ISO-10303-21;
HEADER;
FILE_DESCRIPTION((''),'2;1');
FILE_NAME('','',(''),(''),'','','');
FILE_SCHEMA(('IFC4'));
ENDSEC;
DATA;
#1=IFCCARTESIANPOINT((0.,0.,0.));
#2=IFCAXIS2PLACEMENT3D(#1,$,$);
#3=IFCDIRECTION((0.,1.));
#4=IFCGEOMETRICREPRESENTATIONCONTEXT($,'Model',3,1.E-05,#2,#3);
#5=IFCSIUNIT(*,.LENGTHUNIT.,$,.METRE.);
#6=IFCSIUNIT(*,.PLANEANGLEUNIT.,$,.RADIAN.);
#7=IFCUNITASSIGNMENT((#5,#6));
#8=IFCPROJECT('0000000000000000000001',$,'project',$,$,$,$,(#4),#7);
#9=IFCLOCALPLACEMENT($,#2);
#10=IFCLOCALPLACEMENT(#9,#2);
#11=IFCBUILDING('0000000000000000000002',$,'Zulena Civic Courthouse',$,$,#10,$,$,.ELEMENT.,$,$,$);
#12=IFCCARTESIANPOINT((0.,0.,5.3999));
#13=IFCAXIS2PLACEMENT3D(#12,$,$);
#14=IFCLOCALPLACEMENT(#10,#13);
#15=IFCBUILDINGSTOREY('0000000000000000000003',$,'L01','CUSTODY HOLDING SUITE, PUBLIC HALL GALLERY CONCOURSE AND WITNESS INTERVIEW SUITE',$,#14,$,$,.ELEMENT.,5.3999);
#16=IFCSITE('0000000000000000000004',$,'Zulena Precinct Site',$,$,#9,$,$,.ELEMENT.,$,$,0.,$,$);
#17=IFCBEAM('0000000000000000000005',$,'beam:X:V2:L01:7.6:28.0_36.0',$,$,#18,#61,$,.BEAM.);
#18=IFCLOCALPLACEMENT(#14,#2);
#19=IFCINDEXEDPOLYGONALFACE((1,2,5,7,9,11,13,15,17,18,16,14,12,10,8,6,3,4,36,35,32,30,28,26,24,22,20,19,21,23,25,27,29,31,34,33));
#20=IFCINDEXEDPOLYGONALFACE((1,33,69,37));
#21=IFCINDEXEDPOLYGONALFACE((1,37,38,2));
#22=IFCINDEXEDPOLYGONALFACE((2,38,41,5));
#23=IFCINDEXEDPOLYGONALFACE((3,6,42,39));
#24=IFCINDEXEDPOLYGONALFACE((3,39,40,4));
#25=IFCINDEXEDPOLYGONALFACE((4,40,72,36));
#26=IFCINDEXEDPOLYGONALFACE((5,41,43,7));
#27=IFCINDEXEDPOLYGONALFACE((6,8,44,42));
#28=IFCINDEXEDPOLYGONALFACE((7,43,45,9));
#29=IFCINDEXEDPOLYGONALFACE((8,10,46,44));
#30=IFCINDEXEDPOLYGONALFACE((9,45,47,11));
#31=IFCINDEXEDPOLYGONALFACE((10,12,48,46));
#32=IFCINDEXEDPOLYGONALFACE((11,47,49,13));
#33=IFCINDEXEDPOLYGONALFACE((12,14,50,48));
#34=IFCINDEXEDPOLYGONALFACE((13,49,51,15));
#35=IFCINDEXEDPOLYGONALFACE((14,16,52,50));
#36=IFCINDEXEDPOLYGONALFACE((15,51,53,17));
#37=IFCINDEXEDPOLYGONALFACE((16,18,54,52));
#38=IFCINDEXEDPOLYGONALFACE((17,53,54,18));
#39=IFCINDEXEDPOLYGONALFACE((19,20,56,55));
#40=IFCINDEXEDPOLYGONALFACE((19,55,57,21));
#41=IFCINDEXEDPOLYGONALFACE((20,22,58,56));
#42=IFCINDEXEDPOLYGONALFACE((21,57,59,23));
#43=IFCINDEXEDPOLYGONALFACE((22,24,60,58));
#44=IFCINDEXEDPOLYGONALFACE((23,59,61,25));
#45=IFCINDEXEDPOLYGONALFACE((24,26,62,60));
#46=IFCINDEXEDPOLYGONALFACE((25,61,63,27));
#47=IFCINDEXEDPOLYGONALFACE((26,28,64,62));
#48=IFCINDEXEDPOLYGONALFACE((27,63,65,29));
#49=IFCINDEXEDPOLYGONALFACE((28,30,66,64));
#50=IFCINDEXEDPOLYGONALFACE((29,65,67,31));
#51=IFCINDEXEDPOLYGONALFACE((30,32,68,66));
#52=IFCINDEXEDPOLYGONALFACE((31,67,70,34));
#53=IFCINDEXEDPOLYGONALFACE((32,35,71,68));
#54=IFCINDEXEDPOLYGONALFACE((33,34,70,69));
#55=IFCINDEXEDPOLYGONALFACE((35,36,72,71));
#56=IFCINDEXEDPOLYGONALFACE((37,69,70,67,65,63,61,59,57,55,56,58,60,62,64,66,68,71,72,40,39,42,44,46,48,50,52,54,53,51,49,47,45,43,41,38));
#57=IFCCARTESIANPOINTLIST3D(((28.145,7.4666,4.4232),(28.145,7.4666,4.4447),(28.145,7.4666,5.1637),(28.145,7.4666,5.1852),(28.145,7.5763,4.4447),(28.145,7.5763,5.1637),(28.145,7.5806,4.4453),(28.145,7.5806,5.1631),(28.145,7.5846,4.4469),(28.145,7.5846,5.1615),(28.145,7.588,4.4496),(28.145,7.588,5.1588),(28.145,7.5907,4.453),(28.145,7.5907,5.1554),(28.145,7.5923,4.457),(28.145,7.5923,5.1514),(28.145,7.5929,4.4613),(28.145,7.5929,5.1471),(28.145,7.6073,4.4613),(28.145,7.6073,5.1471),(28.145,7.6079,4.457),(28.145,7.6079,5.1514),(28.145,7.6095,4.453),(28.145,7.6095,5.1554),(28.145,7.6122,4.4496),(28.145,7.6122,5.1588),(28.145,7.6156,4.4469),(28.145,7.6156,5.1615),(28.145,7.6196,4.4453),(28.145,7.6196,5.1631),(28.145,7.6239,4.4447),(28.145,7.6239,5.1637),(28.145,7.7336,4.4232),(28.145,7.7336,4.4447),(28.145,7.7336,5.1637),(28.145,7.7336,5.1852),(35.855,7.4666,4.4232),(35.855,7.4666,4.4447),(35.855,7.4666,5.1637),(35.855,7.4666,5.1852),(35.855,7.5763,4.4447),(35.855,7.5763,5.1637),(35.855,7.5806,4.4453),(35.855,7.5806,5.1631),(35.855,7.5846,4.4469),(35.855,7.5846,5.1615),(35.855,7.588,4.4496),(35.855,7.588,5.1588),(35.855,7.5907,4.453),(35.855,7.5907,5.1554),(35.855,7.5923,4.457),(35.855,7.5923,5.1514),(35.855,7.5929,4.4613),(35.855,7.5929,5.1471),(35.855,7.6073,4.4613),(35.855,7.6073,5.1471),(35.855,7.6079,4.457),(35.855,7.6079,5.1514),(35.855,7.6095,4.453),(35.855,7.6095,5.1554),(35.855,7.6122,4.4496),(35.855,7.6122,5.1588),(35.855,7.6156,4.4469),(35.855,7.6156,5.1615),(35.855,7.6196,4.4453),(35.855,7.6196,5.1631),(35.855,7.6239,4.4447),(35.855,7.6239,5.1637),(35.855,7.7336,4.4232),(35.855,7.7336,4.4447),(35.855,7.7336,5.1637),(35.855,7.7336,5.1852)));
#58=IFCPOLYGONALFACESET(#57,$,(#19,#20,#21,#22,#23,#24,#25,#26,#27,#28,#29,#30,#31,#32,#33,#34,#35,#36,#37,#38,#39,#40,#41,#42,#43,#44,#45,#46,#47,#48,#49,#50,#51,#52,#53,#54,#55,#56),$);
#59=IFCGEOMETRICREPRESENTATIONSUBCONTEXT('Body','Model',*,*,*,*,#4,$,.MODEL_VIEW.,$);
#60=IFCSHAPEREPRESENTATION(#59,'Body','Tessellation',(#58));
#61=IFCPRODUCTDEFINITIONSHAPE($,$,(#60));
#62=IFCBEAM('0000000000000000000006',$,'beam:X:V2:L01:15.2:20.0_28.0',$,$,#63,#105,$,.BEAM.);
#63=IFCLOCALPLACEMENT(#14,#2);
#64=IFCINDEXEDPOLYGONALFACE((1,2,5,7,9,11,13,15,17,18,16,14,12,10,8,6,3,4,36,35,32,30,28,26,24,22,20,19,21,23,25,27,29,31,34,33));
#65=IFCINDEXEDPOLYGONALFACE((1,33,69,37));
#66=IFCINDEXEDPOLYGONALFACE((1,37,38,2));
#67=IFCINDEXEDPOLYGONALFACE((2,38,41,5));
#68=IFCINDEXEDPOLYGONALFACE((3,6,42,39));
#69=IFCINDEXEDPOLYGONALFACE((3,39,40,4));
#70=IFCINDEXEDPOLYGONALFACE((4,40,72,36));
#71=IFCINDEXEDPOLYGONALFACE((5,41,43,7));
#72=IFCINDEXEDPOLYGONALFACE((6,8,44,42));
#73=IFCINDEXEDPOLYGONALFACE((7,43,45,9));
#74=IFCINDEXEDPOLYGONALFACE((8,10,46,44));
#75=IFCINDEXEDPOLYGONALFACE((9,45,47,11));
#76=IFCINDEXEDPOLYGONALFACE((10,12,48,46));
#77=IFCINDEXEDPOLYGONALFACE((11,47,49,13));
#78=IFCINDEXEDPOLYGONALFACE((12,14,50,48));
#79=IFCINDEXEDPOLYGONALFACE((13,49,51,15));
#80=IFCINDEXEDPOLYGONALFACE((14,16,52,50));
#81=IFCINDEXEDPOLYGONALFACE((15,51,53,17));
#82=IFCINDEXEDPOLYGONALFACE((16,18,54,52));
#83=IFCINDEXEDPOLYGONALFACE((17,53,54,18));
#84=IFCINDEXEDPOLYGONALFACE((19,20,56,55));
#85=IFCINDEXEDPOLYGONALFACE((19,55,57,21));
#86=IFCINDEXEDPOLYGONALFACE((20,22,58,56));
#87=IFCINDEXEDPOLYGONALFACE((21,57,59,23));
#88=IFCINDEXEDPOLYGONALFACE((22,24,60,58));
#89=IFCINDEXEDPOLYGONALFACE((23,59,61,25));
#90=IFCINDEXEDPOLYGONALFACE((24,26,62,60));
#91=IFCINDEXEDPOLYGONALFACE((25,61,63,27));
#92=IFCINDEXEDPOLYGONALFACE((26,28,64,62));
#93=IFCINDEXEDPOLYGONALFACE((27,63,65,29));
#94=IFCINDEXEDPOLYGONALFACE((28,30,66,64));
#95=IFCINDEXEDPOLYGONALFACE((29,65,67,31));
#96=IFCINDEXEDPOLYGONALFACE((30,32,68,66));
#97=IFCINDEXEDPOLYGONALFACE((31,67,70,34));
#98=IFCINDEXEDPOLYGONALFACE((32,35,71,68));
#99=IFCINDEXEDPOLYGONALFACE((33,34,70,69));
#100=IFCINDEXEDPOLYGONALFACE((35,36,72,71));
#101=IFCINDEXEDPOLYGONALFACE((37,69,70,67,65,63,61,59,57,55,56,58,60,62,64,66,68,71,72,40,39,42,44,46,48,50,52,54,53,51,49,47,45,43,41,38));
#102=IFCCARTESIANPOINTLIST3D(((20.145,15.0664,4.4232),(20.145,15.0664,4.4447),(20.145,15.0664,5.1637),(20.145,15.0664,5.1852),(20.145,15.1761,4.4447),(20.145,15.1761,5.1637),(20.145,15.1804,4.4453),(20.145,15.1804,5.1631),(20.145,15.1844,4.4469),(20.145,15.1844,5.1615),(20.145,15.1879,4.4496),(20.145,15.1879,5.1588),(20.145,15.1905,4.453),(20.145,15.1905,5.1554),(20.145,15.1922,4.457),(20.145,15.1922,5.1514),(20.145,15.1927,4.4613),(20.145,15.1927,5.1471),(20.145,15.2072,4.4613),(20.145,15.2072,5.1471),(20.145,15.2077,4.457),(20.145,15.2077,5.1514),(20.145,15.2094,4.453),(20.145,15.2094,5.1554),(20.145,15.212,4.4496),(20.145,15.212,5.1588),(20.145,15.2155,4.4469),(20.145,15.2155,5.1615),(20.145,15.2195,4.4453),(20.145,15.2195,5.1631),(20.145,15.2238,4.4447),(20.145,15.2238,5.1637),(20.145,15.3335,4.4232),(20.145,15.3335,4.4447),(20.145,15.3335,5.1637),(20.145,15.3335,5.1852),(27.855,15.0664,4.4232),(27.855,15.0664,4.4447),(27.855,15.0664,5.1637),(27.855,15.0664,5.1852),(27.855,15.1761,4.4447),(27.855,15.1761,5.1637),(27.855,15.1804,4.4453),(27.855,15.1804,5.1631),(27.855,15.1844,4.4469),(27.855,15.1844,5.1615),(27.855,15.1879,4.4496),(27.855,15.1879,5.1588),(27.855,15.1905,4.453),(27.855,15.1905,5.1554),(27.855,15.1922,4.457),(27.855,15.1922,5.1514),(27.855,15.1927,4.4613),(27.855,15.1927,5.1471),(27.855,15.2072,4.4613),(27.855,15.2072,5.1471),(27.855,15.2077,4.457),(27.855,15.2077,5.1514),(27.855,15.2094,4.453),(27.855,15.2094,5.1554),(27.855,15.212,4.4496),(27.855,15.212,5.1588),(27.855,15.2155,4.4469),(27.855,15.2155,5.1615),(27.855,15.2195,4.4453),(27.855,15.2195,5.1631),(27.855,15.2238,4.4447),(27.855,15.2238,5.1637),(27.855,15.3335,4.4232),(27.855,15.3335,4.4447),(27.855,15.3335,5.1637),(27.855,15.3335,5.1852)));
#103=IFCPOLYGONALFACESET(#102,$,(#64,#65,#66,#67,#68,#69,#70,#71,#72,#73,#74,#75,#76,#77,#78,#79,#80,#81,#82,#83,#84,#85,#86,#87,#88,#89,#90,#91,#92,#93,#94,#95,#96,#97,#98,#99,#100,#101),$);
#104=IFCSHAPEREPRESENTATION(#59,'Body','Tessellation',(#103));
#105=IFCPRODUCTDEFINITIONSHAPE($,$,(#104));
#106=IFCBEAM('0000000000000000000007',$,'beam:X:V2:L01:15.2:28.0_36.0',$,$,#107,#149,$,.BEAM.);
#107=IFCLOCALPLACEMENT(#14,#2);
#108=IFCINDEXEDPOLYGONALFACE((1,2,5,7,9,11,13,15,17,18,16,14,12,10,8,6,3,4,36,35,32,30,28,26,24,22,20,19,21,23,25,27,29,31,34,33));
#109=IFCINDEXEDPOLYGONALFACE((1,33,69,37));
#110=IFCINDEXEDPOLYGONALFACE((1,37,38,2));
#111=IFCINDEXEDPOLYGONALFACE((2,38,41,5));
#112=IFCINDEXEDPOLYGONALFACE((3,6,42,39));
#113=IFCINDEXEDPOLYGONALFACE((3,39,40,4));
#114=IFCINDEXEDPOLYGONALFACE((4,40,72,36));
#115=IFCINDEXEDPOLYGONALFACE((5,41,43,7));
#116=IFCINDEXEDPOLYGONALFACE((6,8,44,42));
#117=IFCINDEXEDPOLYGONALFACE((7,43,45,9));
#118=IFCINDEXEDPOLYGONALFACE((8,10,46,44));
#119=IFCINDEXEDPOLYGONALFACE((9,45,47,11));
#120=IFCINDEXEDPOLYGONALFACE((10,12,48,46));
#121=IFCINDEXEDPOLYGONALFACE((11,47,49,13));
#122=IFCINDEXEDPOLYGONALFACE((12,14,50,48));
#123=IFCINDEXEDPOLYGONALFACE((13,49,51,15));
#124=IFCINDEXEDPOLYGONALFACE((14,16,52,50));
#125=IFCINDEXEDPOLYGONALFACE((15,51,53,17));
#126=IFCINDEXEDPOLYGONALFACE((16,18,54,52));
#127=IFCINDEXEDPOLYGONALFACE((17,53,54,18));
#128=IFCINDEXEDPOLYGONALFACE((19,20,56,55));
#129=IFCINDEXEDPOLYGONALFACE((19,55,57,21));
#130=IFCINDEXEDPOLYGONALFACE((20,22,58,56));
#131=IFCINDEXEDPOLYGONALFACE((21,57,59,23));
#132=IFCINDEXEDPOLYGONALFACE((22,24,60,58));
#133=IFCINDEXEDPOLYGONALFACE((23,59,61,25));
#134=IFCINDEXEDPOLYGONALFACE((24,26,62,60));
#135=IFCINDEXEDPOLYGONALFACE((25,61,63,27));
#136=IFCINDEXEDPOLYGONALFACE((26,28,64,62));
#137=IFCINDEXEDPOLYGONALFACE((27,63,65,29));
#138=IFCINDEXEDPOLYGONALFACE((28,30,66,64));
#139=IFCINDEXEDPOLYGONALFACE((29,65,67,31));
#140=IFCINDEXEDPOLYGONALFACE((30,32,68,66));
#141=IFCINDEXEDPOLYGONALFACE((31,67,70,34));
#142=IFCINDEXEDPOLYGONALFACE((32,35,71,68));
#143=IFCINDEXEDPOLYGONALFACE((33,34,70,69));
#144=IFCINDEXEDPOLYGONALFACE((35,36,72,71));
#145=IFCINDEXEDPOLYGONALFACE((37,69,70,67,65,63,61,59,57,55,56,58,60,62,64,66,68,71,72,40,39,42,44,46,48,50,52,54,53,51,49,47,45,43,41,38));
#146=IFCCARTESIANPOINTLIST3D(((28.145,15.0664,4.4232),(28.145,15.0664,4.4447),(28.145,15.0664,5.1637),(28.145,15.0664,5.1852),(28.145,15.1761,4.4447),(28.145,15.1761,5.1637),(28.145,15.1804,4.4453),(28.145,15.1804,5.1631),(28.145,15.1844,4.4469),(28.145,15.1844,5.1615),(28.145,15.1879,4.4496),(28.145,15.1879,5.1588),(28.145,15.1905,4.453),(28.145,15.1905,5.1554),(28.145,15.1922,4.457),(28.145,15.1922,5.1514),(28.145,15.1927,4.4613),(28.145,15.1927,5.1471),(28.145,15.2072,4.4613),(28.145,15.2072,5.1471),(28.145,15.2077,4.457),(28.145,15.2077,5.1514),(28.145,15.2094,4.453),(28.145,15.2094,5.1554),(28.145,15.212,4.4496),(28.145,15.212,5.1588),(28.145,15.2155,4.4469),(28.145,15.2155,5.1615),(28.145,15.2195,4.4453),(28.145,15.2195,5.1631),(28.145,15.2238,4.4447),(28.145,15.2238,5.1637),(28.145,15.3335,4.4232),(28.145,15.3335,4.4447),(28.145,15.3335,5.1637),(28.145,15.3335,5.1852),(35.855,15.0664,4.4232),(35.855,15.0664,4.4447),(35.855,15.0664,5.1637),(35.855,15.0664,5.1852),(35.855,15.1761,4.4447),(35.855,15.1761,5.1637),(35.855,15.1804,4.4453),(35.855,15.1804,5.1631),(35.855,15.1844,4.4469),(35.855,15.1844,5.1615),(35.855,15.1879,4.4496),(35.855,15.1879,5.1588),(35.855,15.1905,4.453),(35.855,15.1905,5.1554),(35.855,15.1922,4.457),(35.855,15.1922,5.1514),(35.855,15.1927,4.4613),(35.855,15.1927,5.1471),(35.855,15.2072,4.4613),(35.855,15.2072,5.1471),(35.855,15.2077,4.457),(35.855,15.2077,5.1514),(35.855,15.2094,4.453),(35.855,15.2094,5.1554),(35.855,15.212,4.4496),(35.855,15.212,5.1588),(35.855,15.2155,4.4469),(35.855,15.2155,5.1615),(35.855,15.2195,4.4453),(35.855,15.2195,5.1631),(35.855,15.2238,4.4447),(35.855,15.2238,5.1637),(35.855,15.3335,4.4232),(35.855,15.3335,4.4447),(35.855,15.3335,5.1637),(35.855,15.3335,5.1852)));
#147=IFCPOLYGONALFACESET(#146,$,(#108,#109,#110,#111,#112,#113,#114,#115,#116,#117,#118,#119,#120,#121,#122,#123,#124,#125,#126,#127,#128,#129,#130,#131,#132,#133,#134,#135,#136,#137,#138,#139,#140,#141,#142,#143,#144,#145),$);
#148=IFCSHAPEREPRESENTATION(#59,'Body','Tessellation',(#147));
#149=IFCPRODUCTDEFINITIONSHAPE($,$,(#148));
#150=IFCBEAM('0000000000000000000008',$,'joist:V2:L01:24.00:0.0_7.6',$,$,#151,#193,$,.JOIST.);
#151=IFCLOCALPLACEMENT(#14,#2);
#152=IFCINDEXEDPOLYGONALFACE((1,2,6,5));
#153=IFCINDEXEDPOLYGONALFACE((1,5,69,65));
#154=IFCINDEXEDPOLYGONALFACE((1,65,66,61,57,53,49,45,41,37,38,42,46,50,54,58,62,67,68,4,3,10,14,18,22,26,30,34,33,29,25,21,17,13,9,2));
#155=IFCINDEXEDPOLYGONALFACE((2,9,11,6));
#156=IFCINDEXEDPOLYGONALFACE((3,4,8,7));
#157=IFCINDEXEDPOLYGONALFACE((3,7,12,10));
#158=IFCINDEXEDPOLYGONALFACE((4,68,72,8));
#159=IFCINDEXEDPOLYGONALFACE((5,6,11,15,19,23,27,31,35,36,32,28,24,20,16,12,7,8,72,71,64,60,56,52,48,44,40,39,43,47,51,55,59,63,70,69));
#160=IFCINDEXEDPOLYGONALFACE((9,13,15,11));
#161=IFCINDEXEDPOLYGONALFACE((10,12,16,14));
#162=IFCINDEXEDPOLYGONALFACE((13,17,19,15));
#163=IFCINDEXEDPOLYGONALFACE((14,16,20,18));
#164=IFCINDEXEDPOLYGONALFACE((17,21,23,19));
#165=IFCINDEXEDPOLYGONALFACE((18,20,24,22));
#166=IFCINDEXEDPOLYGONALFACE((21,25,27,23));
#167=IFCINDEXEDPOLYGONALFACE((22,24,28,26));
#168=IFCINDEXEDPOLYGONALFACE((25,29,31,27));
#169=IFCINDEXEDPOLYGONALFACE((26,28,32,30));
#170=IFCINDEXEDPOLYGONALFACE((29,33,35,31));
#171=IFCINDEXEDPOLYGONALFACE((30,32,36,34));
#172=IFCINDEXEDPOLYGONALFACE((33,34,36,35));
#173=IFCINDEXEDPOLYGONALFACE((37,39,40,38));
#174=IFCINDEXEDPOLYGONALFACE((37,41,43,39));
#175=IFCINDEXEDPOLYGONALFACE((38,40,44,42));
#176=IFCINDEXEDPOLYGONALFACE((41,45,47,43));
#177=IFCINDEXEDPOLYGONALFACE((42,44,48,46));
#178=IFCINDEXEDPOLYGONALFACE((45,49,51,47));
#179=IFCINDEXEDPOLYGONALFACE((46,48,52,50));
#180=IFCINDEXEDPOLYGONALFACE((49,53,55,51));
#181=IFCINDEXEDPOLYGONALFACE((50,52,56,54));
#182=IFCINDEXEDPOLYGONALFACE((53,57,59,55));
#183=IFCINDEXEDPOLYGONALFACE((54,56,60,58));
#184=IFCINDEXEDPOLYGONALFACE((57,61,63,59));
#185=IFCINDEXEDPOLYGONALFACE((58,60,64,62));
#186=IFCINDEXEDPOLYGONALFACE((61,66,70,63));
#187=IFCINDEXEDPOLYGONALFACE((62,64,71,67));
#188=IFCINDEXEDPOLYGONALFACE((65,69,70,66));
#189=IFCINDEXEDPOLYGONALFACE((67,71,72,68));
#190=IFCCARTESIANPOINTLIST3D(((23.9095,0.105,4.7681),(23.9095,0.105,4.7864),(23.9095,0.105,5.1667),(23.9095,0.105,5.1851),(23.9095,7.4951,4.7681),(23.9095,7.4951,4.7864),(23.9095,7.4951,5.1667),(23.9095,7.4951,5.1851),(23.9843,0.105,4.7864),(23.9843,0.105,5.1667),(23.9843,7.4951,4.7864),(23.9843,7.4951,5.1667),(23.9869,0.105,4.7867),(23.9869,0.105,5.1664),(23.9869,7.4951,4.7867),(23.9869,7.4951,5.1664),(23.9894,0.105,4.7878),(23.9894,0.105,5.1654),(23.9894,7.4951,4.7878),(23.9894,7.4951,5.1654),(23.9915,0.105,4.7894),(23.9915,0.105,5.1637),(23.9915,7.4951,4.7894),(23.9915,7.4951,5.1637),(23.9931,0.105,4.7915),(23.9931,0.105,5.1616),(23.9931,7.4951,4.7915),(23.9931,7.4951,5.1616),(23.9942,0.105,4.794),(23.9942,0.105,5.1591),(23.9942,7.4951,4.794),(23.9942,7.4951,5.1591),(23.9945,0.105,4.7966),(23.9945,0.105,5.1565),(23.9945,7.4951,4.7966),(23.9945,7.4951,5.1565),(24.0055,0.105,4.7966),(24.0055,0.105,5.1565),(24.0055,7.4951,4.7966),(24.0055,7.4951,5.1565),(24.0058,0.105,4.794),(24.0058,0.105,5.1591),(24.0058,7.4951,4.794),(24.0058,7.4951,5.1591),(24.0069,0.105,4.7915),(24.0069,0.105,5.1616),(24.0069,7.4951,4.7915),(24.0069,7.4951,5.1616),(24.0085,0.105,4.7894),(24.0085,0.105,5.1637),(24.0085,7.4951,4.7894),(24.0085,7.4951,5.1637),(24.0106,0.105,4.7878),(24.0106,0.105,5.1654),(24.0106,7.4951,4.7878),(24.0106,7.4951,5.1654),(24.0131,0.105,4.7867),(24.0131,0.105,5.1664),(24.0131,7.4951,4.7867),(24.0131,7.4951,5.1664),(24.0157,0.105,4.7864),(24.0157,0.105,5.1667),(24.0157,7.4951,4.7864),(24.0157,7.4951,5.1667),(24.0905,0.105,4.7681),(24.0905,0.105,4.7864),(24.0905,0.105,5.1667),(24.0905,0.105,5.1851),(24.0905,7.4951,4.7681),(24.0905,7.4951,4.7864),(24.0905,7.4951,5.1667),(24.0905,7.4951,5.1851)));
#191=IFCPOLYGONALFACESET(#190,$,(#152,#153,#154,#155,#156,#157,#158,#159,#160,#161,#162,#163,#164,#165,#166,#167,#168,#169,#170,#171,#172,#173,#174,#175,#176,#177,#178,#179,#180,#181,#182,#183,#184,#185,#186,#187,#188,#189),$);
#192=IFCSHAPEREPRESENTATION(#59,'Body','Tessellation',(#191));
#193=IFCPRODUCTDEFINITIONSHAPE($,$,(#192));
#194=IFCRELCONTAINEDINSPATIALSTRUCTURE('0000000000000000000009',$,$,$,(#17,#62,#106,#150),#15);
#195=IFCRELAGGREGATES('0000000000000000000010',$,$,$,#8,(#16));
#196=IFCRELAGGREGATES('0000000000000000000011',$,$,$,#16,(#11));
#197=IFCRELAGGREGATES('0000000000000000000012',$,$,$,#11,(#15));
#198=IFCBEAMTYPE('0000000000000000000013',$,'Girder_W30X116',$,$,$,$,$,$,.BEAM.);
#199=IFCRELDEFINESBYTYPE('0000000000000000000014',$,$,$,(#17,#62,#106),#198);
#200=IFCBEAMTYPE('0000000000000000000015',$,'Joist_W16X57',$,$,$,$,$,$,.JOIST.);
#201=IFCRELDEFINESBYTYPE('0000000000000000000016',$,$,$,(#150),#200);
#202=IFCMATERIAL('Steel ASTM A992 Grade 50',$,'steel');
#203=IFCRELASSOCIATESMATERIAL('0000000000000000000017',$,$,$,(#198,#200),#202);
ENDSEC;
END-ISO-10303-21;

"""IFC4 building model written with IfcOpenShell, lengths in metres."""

from ifc_helpers import new_model, si_unit, direction, frame, origin, origin_2d, place, context, subcontext, project, spatial, i_section, extrude, material, material_profile, profile_set, type_object, element, save


model = new_model("IFC4")

# Units and contexts
model_context = context("Model", 3, precision=1e-05, world=origin(), true_north=direction((0.0, 1.0)))
body_context = subcontext(model_context, "Body", "Model", "MODEL_VIEW")
ifc_project = project(units=[si_unit("LENGTHUNIT", "METRE"), si_unit("PLANEANGLEUNIT", "RADIAN")], contexts=[model_context])

# Site, building, storey
site_placement = place(None, origin())
site = spatial("IfcSite", under=ifc_project, at=site_placement, Name="Zulena Precinct Site", CompositionType="ELEMENT", RefElevation=0.0)
building_placement = place(site_placement, origin())
building = spatial("IfcBuilding", under=site, at=building_placement, Name="Zulena Civic Courthouse", CompositionType="ELEMENT")
storey_placement = place(building_placement, frame((0.0, 0.0, 5.3999)))
storey = spatial("IfcBuildingStorey", under=building, at=storey_placement, Name="L01", Description="CUSTODY HOLDING SUITE, PUBLIC HALL GALLERY CONCOURSE AND WITNESS INTERVIEW SUITE", CompositionType="ELEMENT", Elevation=5.3999)

# Shared definitions
ifc_material_1 = material(Name="Steel ASTM A992 Grade 50", Category="steel")

# Beams
ifc_material_profile_1 = material_profile(ifc_material_1, i_section(OverallWidth=0.2671, OverallDepth=0.762, WebThickness=0.0144, FlangeThickness=0.0215, FilletRadius=0.0166, at=origin_2d()), Name="W30X116")
ifc_profile_set_1 = profile_set([ifc_material_profile_1], Name="Steel ASTM A992 Grade 50")
beam_type_1 = type_object("IfcBeamType", Name="Girder_W30X116", PredefinedType="BEAM", material=ifc_profile_set_1)
for number, where, z_axis, x_axis, name in (
    (1, (28.145, 7.6001, 4.8042), (1.0, 0.0, 0.0), (0.0, 1.0, 0.0), "beam:X:V2:L01:7.6:28.0_36.0"),
    (2, (20.145, 15.2, 4.8042), (1.0, 0.0, 0.0), (0.0, 1.0, 0.0), "beam:X:V2:L01:15.2:20.0_28.0"),
    (3, (28.145, 15.2, 4.8042), (1.0, 0.0, 0.0), (0.0, 1.0, 0.0), "beam:X:V2:L01:15.2:28.0_36.0"),
):
    element("IfcBeam", number, at=place(storey_placement, frame(where, z_axis=z_axis, x_axis=x_axis)), inside=storey, type_object=beam_type_1, Name=name, PredefinedType="BEAM", context=body_context, shape_type="SweptSolid", body=[
        extrude(i_section(OverallWidth=0.2671, OverallDepth=0.762, WebThickness=0.0144, FlangeThickness=0.0215, FilletRadius=0.0166, at=origin_2d()), origin(), (0.0, 0.0, 1.0), 7.71),
    ])
ifc_material_profile_2 = material_profile(ifc_material_1, i_section(OverallWidth=0.1809, OverallDepth=0.417, WebThickness=0.011, FlangeThickness=0.0183, FilletRadius=0.0103, at=origin_2d()), Name="W16X57")
ifc_profile_set_2 = profile_set([ifc_material_profile_2], Name="Steel ASTM A992 Grade 50")
beam_type_2 = type_object("IfcBeamType", Name="Joist_W16X57", PredefinedType="JOIST", material=ifc_profile_set_2)
beam_1_placement = place(storey_placement, frame((24.0, 0.105, 4.9766), z_axis=(0.0, 1.0, 0.0), x_axis=(-1.0, 0.0, 0.0)))
element("IfcBeam", 4, at=beam_1_placement, inside=storey, type_object=beam_type_2, Name="joist:V2:L01:24.00:0.0_7.6", PredefinedType="JOIST", context=body_context, shape_type="SweptSolid", body=[
    extrude(i_section(OverallWidth=0.1809, OverallDepth=0.417, WebThickness=0.011, FlangeThickness=0.0183, FilletRadius=0.0103, at=origin_2d()), origin(), (0.0, 0.0, 1.0), 7.3901),
])

save(model, "model.ifc")
